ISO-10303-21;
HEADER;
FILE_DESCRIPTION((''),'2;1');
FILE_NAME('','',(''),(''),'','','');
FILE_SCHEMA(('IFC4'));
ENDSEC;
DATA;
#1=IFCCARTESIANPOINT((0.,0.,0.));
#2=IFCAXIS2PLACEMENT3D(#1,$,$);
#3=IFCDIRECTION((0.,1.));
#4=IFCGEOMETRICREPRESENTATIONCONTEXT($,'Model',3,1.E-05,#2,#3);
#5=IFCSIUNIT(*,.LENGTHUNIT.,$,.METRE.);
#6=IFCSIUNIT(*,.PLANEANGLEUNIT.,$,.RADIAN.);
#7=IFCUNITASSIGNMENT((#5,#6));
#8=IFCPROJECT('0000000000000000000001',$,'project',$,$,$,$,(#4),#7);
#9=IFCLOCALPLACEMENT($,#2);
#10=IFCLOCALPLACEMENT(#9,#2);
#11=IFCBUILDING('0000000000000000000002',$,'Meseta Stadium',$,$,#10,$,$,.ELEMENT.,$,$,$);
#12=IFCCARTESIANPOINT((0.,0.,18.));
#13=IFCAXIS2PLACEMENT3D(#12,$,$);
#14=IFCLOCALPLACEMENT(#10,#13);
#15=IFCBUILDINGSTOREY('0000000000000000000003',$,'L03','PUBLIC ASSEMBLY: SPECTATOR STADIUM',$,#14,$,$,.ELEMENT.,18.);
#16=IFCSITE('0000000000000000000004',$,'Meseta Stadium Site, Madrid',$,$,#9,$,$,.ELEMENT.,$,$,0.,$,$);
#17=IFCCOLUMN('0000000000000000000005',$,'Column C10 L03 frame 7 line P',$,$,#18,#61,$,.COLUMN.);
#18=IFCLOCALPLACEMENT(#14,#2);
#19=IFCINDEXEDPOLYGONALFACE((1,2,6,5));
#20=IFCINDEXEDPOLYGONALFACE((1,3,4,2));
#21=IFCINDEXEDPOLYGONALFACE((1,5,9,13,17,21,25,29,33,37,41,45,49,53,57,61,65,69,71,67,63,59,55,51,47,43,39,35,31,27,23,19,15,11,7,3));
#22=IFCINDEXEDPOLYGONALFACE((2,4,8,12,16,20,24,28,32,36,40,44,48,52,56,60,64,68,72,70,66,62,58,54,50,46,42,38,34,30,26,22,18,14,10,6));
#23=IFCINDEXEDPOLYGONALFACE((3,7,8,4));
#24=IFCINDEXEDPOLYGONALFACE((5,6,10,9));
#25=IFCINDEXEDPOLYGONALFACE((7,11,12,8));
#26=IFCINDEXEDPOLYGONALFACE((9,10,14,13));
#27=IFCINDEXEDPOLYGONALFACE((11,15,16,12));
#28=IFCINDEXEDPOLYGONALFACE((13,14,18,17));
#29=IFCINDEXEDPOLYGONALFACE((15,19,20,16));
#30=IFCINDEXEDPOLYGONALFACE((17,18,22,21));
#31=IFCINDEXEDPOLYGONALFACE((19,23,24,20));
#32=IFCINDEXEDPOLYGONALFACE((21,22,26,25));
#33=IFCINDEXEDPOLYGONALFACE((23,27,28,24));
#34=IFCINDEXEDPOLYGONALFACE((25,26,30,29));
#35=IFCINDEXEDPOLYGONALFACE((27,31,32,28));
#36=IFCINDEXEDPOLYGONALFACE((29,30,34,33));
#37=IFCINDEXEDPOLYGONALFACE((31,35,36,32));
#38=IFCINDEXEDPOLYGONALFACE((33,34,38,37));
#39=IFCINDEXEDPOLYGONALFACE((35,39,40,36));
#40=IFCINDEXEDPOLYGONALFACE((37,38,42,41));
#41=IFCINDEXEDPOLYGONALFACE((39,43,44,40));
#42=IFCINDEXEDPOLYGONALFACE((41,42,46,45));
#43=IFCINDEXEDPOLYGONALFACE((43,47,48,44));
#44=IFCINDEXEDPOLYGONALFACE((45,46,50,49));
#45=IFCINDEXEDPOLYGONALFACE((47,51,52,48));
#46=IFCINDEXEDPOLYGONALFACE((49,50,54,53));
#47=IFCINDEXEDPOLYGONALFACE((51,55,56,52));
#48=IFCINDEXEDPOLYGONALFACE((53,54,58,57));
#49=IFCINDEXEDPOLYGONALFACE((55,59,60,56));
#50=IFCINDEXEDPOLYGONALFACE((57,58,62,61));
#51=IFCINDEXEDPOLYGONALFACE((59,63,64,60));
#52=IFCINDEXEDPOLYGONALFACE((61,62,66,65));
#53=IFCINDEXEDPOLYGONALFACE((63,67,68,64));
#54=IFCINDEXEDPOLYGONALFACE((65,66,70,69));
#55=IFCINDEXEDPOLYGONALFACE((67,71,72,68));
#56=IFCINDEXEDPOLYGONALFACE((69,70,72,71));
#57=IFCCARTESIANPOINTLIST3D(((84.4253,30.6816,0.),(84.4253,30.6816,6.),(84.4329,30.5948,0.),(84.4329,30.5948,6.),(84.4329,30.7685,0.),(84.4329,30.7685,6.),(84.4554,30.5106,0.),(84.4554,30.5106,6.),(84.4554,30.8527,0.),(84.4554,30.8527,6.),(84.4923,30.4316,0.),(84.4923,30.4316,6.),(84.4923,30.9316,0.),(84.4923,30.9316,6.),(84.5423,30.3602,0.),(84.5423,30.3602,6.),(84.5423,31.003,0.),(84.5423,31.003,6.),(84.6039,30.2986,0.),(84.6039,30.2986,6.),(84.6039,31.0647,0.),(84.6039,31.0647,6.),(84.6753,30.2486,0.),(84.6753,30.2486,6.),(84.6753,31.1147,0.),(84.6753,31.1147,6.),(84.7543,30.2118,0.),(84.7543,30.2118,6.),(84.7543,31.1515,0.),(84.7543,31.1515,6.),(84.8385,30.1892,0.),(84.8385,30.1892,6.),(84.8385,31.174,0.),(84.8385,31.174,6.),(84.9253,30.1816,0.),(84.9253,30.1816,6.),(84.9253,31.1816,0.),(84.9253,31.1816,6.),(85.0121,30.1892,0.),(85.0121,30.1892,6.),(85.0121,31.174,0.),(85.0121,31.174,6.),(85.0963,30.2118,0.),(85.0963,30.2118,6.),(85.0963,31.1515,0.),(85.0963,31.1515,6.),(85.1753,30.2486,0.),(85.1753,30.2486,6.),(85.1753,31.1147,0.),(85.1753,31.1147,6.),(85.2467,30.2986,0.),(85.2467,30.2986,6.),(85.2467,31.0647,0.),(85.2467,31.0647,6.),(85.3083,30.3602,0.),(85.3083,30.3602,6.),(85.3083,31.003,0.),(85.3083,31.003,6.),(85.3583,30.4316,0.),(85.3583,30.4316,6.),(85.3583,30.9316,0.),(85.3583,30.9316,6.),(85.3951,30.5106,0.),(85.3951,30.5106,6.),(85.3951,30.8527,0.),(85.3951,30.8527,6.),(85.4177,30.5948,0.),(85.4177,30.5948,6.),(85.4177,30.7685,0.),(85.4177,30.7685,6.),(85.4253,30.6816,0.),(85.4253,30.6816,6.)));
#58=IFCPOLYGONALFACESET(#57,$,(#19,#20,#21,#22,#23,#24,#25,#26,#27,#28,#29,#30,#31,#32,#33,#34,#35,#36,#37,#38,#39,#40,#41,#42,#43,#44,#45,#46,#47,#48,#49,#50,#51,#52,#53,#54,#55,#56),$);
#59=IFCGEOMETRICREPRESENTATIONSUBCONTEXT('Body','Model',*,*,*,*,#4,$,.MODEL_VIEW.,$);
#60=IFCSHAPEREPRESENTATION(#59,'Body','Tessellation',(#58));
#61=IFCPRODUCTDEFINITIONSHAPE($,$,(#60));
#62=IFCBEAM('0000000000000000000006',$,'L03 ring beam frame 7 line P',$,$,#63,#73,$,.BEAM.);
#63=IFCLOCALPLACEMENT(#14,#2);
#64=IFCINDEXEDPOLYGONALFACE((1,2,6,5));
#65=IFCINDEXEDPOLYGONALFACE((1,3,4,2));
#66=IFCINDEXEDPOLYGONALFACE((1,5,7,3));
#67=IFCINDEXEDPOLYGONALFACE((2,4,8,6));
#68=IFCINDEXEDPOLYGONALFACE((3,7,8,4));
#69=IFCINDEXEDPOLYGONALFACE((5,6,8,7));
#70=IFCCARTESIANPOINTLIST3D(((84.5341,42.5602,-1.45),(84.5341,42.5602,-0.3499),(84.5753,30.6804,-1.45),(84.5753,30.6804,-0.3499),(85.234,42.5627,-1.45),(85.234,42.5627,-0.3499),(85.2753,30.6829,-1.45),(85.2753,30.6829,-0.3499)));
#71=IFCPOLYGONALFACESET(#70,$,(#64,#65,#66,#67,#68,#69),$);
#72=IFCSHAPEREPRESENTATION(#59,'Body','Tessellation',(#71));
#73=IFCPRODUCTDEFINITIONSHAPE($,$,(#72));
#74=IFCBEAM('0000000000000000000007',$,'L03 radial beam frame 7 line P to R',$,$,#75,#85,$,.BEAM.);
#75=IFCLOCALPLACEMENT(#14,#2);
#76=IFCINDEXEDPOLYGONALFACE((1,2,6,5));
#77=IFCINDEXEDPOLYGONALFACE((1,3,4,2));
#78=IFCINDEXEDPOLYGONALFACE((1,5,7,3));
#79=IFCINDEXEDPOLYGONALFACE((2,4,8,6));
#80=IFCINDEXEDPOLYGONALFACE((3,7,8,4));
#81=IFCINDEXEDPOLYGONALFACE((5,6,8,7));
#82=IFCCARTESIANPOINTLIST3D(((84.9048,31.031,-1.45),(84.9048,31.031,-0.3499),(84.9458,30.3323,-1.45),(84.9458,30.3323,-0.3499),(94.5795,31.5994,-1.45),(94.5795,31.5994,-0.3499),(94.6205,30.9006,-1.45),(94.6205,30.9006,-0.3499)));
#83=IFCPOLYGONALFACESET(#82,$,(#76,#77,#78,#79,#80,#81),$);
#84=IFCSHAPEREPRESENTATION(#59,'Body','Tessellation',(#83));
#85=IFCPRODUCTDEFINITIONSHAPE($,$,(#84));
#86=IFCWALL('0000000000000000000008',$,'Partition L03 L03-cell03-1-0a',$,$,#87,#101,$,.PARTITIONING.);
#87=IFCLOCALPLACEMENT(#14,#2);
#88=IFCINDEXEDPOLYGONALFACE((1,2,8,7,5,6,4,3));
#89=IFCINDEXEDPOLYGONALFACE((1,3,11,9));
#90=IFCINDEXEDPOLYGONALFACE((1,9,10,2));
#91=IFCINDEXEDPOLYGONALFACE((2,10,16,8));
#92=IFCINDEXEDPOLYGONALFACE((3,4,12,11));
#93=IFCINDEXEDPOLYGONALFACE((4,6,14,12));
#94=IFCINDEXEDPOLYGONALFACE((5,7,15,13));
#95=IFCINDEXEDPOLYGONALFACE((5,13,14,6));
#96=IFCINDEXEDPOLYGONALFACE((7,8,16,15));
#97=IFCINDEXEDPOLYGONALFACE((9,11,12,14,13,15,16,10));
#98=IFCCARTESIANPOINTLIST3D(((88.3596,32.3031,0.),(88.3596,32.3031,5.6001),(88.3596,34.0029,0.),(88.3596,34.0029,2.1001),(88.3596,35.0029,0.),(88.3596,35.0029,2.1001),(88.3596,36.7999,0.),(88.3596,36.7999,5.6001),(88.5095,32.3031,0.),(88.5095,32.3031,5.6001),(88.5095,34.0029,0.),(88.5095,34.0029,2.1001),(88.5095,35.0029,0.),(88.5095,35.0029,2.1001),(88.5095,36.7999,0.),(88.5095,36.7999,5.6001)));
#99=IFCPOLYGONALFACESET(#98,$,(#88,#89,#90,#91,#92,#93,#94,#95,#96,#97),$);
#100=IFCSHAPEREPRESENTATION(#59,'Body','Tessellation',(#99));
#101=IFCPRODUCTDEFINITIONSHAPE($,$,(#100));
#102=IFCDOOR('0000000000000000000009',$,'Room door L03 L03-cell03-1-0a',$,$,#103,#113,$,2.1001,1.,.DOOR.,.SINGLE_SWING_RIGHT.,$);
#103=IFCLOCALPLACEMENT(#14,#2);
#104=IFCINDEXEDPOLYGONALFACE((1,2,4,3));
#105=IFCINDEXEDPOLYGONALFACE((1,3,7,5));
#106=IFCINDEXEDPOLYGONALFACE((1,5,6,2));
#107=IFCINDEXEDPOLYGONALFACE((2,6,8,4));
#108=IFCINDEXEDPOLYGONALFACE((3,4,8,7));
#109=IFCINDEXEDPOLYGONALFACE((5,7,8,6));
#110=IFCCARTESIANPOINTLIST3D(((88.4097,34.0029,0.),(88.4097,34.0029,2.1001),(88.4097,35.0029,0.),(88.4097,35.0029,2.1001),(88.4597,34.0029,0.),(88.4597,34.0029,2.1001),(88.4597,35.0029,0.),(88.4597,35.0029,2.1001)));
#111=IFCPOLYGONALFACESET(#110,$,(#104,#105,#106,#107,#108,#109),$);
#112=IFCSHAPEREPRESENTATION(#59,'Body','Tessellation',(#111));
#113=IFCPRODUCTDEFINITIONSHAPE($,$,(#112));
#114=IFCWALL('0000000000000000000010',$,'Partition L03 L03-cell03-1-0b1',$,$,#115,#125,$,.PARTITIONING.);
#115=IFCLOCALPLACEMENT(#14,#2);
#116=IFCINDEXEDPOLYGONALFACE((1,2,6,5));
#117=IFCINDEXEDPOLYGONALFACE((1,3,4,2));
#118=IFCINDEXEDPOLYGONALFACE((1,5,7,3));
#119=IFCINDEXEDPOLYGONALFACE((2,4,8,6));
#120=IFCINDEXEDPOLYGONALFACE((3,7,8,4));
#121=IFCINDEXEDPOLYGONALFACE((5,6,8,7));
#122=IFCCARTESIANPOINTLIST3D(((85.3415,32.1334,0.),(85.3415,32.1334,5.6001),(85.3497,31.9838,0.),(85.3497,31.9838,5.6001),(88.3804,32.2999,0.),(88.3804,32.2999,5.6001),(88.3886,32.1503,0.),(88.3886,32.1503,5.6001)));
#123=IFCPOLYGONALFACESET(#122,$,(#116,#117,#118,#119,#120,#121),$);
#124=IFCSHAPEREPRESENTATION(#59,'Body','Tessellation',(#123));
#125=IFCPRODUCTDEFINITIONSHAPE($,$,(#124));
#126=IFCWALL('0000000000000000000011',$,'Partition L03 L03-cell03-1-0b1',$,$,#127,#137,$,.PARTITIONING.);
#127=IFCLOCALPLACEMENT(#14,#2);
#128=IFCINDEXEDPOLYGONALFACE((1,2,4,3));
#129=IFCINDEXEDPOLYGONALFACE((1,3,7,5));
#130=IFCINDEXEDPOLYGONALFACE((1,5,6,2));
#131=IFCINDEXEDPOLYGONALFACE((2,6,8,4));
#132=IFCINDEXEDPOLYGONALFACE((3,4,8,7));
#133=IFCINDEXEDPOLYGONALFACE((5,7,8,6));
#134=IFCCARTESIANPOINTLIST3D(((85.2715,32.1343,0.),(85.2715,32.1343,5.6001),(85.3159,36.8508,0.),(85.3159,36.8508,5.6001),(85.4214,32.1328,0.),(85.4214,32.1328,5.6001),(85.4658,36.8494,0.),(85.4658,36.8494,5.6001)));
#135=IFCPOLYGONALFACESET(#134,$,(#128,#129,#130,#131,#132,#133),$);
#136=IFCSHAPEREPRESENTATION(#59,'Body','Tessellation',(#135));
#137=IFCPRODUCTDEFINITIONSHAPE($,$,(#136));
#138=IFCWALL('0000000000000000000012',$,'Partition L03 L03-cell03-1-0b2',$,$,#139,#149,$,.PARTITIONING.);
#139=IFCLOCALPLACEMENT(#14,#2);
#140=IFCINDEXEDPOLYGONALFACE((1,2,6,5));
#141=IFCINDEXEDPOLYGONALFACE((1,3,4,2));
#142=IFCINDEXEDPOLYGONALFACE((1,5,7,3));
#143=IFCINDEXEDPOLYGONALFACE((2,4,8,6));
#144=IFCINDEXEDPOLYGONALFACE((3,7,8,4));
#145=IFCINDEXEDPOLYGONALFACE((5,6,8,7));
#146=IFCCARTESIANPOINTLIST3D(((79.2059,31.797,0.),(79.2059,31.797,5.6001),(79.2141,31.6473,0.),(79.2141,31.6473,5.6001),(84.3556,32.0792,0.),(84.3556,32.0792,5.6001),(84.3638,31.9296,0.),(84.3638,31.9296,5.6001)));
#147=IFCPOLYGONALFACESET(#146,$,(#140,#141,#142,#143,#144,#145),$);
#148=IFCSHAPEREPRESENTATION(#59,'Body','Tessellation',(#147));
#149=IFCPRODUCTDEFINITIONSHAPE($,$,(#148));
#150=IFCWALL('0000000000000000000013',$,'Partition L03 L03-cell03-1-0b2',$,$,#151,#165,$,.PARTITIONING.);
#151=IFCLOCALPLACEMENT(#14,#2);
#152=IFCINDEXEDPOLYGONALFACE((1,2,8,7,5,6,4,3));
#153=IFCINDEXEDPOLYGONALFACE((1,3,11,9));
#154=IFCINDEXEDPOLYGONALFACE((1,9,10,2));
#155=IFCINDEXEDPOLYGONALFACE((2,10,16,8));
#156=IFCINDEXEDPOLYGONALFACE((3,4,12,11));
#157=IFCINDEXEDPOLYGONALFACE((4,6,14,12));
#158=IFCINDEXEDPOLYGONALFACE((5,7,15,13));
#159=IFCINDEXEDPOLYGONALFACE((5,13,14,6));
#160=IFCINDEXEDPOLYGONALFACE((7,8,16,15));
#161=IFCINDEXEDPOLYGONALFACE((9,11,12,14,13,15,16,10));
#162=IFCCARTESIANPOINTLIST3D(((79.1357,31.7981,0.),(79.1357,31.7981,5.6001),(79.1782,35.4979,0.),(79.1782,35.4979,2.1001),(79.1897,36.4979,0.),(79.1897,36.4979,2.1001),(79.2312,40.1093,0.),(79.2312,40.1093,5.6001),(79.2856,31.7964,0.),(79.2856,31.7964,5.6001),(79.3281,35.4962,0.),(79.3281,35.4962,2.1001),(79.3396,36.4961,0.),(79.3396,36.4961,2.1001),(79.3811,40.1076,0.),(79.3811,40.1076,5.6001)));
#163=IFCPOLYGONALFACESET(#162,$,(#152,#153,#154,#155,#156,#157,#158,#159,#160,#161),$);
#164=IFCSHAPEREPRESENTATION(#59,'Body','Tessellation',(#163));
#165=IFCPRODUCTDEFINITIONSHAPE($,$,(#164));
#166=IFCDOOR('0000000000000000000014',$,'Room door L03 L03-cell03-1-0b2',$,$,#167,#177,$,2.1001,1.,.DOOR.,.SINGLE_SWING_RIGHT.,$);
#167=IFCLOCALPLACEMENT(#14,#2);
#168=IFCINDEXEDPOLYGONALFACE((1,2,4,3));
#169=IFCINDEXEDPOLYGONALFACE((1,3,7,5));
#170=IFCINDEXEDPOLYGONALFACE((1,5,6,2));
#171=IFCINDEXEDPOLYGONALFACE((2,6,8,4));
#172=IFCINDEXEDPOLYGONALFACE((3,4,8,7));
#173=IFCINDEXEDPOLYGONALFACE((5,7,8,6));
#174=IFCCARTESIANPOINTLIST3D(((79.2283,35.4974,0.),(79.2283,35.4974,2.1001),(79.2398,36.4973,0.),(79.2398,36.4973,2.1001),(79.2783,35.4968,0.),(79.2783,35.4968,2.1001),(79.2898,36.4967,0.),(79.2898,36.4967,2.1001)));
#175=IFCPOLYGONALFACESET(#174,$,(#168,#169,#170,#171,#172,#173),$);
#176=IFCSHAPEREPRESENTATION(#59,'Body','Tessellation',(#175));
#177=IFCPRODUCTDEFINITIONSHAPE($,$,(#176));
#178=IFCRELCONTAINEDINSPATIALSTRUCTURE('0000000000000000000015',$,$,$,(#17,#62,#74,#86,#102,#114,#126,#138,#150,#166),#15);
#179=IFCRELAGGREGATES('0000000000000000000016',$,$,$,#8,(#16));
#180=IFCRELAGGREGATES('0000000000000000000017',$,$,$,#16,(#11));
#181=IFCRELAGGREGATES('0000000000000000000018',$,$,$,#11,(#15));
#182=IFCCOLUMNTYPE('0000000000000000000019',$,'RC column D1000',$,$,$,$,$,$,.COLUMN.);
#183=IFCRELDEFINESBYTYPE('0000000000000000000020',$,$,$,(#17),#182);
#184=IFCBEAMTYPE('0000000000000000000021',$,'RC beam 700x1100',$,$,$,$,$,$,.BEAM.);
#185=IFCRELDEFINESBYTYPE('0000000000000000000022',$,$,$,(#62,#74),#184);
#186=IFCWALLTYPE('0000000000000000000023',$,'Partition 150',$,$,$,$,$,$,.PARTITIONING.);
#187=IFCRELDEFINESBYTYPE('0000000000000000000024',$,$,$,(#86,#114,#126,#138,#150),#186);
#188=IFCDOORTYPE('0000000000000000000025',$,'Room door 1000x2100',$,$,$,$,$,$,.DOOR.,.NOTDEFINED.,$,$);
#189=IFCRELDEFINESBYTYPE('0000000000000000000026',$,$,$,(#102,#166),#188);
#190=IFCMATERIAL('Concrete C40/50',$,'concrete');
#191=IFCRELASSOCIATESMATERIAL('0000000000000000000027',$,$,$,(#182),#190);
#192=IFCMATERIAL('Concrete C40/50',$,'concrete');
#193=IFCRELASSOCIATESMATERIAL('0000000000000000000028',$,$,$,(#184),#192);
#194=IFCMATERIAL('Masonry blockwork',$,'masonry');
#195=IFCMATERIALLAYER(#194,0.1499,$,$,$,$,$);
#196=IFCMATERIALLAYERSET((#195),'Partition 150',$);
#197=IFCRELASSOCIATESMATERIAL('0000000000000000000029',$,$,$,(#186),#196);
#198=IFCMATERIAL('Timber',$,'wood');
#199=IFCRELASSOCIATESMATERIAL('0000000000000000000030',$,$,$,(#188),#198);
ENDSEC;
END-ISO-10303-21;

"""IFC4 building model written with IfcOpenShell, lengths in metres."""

from ifc_helpers import new_model, si_unit, direction, frame, frame_2d, origin, origin_2d, place, context, subcontext, project, spatial, rectangle, circle, extrude, material, layer, layer_set, material_profile, profile_set, type_object, element, fill, save


model = new_model("IFC4")

# Units and contexts
model_context = context("Model", 3, precision=1e-05, world=origin(), true_north=direction((0.0, 1.0)))
body_context = subcontext(model_context, "Body", "Model", "MODEL_VIEW")
ifc_project = project(units=[si_unit("LENGTHUNIT", "METRE"), si_unit("PLANEANGLEUNIT", "RADIAN")], contexts=[model_context])

# Site, building, storey
site_placement = place(None, origin())
site = spatial("IfcSite", under=ifc_project, at=site_placement, Name="Meseta Stadium Site, Madrid", CompositionType="ELEMENT", RefElevation=0.0)
building_placement = place(site_placement, origin())
building = spatial("IfcBuilding", under=site, at=building_placement, Name="Meseta Stadium", CompositionType="ELEMENT")
storey_placement = place(building_placement, frame((0.0, 0.0, 18.0)))
storey = spatial("IfcBuildingStorey", under=building, at=storey_placement, Name="L03", Description="PUBLIC ASSEMBLY: SPECTATOR STADIUM", CompositionType="ELEMENT", Elevation=18.0)

# Column
ifc_material_1 = material(Name="Concrete C40/50", Category="concrete")
ifc_material_profile_1 = material_profile(ifc_material_1, circle(Radius=0.5, at=origin_2d()), Name="RC D1000")
ifc_profile_set_1 = profile_set([ifc_material_profile_1], Name="Concrete C40/50")
column_type = type_object("IfcColumnType", Name="RC column D1000", PredefinedType="COLUMN", material=ifc_profile_set_1)
column_placement = place(storey_placement, frame((84.9253, 30.6816, 0.0), z_axis=(0.0, 0.0, 1.0), x_axis=(1.0, 0.0, 0.0)))
element("IfcColumn", 1, at=column_placement, inside=storey, type_object=column_type, Name="Column C10 L03 frame 7 line P", PredefinedType="COLUMN", context=body_context, shape_type="SweptSolid", body=[
    extrude(circle(Radius=0.5, at=origin_2d()), origin(), (0.0, 0.0, 1.0), 6.0),
])

# Beams
ifc_material_2 = material(Name="Concrete C40/50", Category="concrete")
ifc_material_profile_2 = material_profile(ifc_material_2, rectangle(XDim=0.7, YDim=1.1001, at=origin_2d()), Name="RC 700x1100")
ifc_profile_set_2 = profile_set([ifc_material_profile_2], Name="Concrete C40/50")
beam_type = type_object("IfcBeamType", Name="RC beam 700x1100", PredefinedType="BEAM", material=ifc_profile_set_2)
beam_1_placement = place(storey_placement, frame((84.9253, 30.6816, -0.8999), z_axis=(-0.003473, 0.999994, 0.0), x_axis=(-0.999994, -0.003473, 0.0)))
element("IfcBeam", 2, at=beam_1_placement, inside=storey, type_object=beam_type, Name="L03 ring beam frame 7 line P", PredefinedType="BEAM", context=body_context, shape_type="SweptSolid", body=[
    extrude(rectangle(XDim=0.7, YDim=1.1001, at=origin_2d()), origin(), (0.0, 0.0, 1.0), 11.8799),
])
beam_2_placement = place(storey_placement, frame((84.9253, 30.6816, -0.8999), z_axis=(0.998279, 0.058645, 0.0), x_axis=(-0.058645, 0.998279, 0.0)))
element("IfcBeam", 3, at=beam_2_placement, inside=storey, type_object=beam_type, Name="L03 radial beam frame 7 line P to R", PredefinedType="BEAM", context=body_context, shape_type="SweptSolid", body=[
    extrude(rectangle(XDim=0.7, YDim=1.1001, at=origin_2d()), origin(), (0.0, 0.0, 1.0), 9.6914),
])

# Wall, opening, door
ifc_material_3 = material(Name="Masonry blockwork", Category="masonry")
ifc_layer = layer(ifc_material_3, 0.1499)
ifc_layer_set = layer_set([ifc_layer], Name="Partition 150")
wall_type = type_object("IfcWallType", Name="Partition 150", PredefinedType="PARTITIONING", material=ifc_layer_set)
wall_1_placement = place(storey_placement, frame((88.4346, 32.303, 0.0), z_axis=(0.0, 0.0, 1.0), x_axis=(0.0, 1.0, 0.0)))
wall_1 = element("IfcWall", 4, at=wall_1_placement, inside=storey, type_object=wall_type, Name="Partition L03 L03-cell03-1-0a", PredefinedType="PARTITIONING", context=body_context, shape_type="SweptSolid", body=[
    extrude(rectangle(XDim=4.4968, YDim=0.1499, at=frame_2d((2.2485, 0.0))), origin(), (0.0, 0.0, 1.0), 5.6001),
])
opening_1_placement = place(wall_1_placement, frame((1.7, 0.0, 0.0)))
opening_1 = element("IfcOpeningElement", 5, at=opening_1_placement, cuts=wall_1, PredefinedType="OPENING", context=body_context, shape_type="SweptSolid", body=[
    extrude(rectangle(XDim=1.0, YDim=2.1001, at=frame_2d((0.5, 1.05))), frame((0.0, 0.085, 0.0), z_axis=(0.0, -1.0, 0.0), x_axis=(1.0, 0.0, 0.0)), (0.0, 0.0, 1.0), 0.1699),
])
ifc_material_4 = material(Name="Timber", Category="wood")
door_type = type_object("IfcDoorType", Name="Room door 1000x2100", OperationType="NOTDEFINED", PredefinedType="DOOR", material=ifc_material_4)
door_1_placement = place(opening_1_placement, origin())
door_1 = element("IfcDoor", 6, at=door_1_placement, inside=storey, type_object=door_type, Name="Room door L03 L03-cell03-1-0a", OperationType="SINGLE_SWING_RIGHT", OverallHeight=2.1001, OverallWidth=1.0, PredefinedType="DOOR", context=body_context, shape_type="SweptSolid", body=[
    extrude(rectangle(XDim=1.0, YDim=2.1001, at=frame_2d((0.5, 1.05))), frame((0.0, 0.0249, 0.0), z_axis=(0.0, -1.0, 0.0), x_axis=(1.0, 0.0, 0.0)), (0.0, 0.0, 1.0), 0.05),
])
fill(opening_1, door_1)

# Walls
wall_2_placement = place(storey_placement, frame((88.3845, 32.2251, 0.0), z_axis=(0.0, 0.0, 1.0), x_axis=(-0.998502, -0.05471, 0.0)))
element("IfcWall", 7, at=wall_2_placement, inside=storey, type_object=wall_type, Name="Partition L03 L03-cell03-1-0b1", PredefinedType="PARTITIONING", context=body_context, shape_type="SweptSolid", body=[
    extrude(rectangle(XDim=3.0435, YDim=0.1499, at=frame_2d((1.5217, 0.0))), origin(), (0.0, 0.0, 1.0), 5.6001),
])
wall_3_placement = place(storey_placement, frame((85.3464, 32.1335, 0.0), z_axis=(0.0, 0.0, 1.0), x_axis=(0.00942, 0.999956, 0.0)))
element("IfcWall", 8, at=wall_3_placement, inside=storey, type_object=wall_type, Name="Partition L03 L03-cell03-1-0b1", PredefinedType="PARTITIONING", context=body_context, shape_type="SweptSolid", body=[
    extrude(rectangle(XDim=4.7168, YDim=0.1499, at=frame_2d((2.3584, 0.0))), origin(), (0.0, 0.0, 1.0), 5.6001),
])
wall_4_placement = place(storey_placement, frame((84.3596, 32.0044, 0.0), z_axis=(0.0, 0.0, 1.0), x_axis=(-0.998502, -0.054723, 0.0)))
element("IfcWall", 9, at=wall_4_placement, inside=storey, type_object=wall_type, Name="Partition L03 L03-cell03-1-0b2", PredefinedType="PARTITIONING", context=body_context, shape_type="SweptSolid", body=[
    extrude(rectangle(XDim=5.1575, YDim=0.1499, at=frame_2d((2.5786, 0.0))), origin(), (0.0, 0.0, 1.0), 5.6001),
])

# Wall, opening, door
wall_5_placement = place(storey_placement, frame((79.2107, 31.7974, 0.0), z_axis=(0.0, 0.0, 1.0), x_axis=(0.011485, 0.999934, 0.0)))
wall_5 = element("IfcWall", 10, at=wall_5_placement, inside=storey, type_object=wall_type, Name="Partition L03 L03-cell03-1-0b2", PredefinedType="PARTITIONING", context=body_context, shape_type="SweptSolid", body=[
    extrude(rectangle(XDim=8.3118, YDim=0.1499, at=frame_2d((4.1558, 0.0))), origin(), (0.0, 0.0, 1.0), 5.6001),
])
opening_2_placement = place(wall_5_placement, frame((3.7, 0.0, 0.0)))
opening_2 = element("IfcOpeningElement", 11, at=opening_2_placement, cuts=wall_5, PredefinedType="OPENING", context=body_context, shape_type="SweptSolid", body=[
    extrude(rectangle(XDim=1.0, YDim=2.1001, at=frame_2d((0.5, 1.05))), frame((0.0, 0.085, 0.0), z_axis=(0.0, -1.0, 0.0), x_axis=(1.0, 0.0, 0.0)), (0.0, 0.0, 1.0), 0.1699),
])
door_2_placement = place(opening_2_placement, origin())
door_2 = element("IfcDoor", 12, at=door_2_placement, inside=storey, type_object=door_type, Name="Room door L03 L03-cell03-1-0b2", OperationType="SINGLE_SWING_RIGHT", OverallHeight=2.1001, OverallWidth=1.0, PredefinedType="DOOR", context=body_context, shape_type="SweptSolid", body=[
    extrude(rectangle(XDim=1.0, YDim=2.1001, at=frame_2d((0.5, 1.05))), frame((0.0, 0.0249, 0.0), z_axis=(0.0, -1.0, 0.0), x_axis=(1.0, 0.0, 0.0)), (0.0, 0.0, 1.0), 0.05),
])
fill(opening_2, door_2)

save(model, "model.ifc")
